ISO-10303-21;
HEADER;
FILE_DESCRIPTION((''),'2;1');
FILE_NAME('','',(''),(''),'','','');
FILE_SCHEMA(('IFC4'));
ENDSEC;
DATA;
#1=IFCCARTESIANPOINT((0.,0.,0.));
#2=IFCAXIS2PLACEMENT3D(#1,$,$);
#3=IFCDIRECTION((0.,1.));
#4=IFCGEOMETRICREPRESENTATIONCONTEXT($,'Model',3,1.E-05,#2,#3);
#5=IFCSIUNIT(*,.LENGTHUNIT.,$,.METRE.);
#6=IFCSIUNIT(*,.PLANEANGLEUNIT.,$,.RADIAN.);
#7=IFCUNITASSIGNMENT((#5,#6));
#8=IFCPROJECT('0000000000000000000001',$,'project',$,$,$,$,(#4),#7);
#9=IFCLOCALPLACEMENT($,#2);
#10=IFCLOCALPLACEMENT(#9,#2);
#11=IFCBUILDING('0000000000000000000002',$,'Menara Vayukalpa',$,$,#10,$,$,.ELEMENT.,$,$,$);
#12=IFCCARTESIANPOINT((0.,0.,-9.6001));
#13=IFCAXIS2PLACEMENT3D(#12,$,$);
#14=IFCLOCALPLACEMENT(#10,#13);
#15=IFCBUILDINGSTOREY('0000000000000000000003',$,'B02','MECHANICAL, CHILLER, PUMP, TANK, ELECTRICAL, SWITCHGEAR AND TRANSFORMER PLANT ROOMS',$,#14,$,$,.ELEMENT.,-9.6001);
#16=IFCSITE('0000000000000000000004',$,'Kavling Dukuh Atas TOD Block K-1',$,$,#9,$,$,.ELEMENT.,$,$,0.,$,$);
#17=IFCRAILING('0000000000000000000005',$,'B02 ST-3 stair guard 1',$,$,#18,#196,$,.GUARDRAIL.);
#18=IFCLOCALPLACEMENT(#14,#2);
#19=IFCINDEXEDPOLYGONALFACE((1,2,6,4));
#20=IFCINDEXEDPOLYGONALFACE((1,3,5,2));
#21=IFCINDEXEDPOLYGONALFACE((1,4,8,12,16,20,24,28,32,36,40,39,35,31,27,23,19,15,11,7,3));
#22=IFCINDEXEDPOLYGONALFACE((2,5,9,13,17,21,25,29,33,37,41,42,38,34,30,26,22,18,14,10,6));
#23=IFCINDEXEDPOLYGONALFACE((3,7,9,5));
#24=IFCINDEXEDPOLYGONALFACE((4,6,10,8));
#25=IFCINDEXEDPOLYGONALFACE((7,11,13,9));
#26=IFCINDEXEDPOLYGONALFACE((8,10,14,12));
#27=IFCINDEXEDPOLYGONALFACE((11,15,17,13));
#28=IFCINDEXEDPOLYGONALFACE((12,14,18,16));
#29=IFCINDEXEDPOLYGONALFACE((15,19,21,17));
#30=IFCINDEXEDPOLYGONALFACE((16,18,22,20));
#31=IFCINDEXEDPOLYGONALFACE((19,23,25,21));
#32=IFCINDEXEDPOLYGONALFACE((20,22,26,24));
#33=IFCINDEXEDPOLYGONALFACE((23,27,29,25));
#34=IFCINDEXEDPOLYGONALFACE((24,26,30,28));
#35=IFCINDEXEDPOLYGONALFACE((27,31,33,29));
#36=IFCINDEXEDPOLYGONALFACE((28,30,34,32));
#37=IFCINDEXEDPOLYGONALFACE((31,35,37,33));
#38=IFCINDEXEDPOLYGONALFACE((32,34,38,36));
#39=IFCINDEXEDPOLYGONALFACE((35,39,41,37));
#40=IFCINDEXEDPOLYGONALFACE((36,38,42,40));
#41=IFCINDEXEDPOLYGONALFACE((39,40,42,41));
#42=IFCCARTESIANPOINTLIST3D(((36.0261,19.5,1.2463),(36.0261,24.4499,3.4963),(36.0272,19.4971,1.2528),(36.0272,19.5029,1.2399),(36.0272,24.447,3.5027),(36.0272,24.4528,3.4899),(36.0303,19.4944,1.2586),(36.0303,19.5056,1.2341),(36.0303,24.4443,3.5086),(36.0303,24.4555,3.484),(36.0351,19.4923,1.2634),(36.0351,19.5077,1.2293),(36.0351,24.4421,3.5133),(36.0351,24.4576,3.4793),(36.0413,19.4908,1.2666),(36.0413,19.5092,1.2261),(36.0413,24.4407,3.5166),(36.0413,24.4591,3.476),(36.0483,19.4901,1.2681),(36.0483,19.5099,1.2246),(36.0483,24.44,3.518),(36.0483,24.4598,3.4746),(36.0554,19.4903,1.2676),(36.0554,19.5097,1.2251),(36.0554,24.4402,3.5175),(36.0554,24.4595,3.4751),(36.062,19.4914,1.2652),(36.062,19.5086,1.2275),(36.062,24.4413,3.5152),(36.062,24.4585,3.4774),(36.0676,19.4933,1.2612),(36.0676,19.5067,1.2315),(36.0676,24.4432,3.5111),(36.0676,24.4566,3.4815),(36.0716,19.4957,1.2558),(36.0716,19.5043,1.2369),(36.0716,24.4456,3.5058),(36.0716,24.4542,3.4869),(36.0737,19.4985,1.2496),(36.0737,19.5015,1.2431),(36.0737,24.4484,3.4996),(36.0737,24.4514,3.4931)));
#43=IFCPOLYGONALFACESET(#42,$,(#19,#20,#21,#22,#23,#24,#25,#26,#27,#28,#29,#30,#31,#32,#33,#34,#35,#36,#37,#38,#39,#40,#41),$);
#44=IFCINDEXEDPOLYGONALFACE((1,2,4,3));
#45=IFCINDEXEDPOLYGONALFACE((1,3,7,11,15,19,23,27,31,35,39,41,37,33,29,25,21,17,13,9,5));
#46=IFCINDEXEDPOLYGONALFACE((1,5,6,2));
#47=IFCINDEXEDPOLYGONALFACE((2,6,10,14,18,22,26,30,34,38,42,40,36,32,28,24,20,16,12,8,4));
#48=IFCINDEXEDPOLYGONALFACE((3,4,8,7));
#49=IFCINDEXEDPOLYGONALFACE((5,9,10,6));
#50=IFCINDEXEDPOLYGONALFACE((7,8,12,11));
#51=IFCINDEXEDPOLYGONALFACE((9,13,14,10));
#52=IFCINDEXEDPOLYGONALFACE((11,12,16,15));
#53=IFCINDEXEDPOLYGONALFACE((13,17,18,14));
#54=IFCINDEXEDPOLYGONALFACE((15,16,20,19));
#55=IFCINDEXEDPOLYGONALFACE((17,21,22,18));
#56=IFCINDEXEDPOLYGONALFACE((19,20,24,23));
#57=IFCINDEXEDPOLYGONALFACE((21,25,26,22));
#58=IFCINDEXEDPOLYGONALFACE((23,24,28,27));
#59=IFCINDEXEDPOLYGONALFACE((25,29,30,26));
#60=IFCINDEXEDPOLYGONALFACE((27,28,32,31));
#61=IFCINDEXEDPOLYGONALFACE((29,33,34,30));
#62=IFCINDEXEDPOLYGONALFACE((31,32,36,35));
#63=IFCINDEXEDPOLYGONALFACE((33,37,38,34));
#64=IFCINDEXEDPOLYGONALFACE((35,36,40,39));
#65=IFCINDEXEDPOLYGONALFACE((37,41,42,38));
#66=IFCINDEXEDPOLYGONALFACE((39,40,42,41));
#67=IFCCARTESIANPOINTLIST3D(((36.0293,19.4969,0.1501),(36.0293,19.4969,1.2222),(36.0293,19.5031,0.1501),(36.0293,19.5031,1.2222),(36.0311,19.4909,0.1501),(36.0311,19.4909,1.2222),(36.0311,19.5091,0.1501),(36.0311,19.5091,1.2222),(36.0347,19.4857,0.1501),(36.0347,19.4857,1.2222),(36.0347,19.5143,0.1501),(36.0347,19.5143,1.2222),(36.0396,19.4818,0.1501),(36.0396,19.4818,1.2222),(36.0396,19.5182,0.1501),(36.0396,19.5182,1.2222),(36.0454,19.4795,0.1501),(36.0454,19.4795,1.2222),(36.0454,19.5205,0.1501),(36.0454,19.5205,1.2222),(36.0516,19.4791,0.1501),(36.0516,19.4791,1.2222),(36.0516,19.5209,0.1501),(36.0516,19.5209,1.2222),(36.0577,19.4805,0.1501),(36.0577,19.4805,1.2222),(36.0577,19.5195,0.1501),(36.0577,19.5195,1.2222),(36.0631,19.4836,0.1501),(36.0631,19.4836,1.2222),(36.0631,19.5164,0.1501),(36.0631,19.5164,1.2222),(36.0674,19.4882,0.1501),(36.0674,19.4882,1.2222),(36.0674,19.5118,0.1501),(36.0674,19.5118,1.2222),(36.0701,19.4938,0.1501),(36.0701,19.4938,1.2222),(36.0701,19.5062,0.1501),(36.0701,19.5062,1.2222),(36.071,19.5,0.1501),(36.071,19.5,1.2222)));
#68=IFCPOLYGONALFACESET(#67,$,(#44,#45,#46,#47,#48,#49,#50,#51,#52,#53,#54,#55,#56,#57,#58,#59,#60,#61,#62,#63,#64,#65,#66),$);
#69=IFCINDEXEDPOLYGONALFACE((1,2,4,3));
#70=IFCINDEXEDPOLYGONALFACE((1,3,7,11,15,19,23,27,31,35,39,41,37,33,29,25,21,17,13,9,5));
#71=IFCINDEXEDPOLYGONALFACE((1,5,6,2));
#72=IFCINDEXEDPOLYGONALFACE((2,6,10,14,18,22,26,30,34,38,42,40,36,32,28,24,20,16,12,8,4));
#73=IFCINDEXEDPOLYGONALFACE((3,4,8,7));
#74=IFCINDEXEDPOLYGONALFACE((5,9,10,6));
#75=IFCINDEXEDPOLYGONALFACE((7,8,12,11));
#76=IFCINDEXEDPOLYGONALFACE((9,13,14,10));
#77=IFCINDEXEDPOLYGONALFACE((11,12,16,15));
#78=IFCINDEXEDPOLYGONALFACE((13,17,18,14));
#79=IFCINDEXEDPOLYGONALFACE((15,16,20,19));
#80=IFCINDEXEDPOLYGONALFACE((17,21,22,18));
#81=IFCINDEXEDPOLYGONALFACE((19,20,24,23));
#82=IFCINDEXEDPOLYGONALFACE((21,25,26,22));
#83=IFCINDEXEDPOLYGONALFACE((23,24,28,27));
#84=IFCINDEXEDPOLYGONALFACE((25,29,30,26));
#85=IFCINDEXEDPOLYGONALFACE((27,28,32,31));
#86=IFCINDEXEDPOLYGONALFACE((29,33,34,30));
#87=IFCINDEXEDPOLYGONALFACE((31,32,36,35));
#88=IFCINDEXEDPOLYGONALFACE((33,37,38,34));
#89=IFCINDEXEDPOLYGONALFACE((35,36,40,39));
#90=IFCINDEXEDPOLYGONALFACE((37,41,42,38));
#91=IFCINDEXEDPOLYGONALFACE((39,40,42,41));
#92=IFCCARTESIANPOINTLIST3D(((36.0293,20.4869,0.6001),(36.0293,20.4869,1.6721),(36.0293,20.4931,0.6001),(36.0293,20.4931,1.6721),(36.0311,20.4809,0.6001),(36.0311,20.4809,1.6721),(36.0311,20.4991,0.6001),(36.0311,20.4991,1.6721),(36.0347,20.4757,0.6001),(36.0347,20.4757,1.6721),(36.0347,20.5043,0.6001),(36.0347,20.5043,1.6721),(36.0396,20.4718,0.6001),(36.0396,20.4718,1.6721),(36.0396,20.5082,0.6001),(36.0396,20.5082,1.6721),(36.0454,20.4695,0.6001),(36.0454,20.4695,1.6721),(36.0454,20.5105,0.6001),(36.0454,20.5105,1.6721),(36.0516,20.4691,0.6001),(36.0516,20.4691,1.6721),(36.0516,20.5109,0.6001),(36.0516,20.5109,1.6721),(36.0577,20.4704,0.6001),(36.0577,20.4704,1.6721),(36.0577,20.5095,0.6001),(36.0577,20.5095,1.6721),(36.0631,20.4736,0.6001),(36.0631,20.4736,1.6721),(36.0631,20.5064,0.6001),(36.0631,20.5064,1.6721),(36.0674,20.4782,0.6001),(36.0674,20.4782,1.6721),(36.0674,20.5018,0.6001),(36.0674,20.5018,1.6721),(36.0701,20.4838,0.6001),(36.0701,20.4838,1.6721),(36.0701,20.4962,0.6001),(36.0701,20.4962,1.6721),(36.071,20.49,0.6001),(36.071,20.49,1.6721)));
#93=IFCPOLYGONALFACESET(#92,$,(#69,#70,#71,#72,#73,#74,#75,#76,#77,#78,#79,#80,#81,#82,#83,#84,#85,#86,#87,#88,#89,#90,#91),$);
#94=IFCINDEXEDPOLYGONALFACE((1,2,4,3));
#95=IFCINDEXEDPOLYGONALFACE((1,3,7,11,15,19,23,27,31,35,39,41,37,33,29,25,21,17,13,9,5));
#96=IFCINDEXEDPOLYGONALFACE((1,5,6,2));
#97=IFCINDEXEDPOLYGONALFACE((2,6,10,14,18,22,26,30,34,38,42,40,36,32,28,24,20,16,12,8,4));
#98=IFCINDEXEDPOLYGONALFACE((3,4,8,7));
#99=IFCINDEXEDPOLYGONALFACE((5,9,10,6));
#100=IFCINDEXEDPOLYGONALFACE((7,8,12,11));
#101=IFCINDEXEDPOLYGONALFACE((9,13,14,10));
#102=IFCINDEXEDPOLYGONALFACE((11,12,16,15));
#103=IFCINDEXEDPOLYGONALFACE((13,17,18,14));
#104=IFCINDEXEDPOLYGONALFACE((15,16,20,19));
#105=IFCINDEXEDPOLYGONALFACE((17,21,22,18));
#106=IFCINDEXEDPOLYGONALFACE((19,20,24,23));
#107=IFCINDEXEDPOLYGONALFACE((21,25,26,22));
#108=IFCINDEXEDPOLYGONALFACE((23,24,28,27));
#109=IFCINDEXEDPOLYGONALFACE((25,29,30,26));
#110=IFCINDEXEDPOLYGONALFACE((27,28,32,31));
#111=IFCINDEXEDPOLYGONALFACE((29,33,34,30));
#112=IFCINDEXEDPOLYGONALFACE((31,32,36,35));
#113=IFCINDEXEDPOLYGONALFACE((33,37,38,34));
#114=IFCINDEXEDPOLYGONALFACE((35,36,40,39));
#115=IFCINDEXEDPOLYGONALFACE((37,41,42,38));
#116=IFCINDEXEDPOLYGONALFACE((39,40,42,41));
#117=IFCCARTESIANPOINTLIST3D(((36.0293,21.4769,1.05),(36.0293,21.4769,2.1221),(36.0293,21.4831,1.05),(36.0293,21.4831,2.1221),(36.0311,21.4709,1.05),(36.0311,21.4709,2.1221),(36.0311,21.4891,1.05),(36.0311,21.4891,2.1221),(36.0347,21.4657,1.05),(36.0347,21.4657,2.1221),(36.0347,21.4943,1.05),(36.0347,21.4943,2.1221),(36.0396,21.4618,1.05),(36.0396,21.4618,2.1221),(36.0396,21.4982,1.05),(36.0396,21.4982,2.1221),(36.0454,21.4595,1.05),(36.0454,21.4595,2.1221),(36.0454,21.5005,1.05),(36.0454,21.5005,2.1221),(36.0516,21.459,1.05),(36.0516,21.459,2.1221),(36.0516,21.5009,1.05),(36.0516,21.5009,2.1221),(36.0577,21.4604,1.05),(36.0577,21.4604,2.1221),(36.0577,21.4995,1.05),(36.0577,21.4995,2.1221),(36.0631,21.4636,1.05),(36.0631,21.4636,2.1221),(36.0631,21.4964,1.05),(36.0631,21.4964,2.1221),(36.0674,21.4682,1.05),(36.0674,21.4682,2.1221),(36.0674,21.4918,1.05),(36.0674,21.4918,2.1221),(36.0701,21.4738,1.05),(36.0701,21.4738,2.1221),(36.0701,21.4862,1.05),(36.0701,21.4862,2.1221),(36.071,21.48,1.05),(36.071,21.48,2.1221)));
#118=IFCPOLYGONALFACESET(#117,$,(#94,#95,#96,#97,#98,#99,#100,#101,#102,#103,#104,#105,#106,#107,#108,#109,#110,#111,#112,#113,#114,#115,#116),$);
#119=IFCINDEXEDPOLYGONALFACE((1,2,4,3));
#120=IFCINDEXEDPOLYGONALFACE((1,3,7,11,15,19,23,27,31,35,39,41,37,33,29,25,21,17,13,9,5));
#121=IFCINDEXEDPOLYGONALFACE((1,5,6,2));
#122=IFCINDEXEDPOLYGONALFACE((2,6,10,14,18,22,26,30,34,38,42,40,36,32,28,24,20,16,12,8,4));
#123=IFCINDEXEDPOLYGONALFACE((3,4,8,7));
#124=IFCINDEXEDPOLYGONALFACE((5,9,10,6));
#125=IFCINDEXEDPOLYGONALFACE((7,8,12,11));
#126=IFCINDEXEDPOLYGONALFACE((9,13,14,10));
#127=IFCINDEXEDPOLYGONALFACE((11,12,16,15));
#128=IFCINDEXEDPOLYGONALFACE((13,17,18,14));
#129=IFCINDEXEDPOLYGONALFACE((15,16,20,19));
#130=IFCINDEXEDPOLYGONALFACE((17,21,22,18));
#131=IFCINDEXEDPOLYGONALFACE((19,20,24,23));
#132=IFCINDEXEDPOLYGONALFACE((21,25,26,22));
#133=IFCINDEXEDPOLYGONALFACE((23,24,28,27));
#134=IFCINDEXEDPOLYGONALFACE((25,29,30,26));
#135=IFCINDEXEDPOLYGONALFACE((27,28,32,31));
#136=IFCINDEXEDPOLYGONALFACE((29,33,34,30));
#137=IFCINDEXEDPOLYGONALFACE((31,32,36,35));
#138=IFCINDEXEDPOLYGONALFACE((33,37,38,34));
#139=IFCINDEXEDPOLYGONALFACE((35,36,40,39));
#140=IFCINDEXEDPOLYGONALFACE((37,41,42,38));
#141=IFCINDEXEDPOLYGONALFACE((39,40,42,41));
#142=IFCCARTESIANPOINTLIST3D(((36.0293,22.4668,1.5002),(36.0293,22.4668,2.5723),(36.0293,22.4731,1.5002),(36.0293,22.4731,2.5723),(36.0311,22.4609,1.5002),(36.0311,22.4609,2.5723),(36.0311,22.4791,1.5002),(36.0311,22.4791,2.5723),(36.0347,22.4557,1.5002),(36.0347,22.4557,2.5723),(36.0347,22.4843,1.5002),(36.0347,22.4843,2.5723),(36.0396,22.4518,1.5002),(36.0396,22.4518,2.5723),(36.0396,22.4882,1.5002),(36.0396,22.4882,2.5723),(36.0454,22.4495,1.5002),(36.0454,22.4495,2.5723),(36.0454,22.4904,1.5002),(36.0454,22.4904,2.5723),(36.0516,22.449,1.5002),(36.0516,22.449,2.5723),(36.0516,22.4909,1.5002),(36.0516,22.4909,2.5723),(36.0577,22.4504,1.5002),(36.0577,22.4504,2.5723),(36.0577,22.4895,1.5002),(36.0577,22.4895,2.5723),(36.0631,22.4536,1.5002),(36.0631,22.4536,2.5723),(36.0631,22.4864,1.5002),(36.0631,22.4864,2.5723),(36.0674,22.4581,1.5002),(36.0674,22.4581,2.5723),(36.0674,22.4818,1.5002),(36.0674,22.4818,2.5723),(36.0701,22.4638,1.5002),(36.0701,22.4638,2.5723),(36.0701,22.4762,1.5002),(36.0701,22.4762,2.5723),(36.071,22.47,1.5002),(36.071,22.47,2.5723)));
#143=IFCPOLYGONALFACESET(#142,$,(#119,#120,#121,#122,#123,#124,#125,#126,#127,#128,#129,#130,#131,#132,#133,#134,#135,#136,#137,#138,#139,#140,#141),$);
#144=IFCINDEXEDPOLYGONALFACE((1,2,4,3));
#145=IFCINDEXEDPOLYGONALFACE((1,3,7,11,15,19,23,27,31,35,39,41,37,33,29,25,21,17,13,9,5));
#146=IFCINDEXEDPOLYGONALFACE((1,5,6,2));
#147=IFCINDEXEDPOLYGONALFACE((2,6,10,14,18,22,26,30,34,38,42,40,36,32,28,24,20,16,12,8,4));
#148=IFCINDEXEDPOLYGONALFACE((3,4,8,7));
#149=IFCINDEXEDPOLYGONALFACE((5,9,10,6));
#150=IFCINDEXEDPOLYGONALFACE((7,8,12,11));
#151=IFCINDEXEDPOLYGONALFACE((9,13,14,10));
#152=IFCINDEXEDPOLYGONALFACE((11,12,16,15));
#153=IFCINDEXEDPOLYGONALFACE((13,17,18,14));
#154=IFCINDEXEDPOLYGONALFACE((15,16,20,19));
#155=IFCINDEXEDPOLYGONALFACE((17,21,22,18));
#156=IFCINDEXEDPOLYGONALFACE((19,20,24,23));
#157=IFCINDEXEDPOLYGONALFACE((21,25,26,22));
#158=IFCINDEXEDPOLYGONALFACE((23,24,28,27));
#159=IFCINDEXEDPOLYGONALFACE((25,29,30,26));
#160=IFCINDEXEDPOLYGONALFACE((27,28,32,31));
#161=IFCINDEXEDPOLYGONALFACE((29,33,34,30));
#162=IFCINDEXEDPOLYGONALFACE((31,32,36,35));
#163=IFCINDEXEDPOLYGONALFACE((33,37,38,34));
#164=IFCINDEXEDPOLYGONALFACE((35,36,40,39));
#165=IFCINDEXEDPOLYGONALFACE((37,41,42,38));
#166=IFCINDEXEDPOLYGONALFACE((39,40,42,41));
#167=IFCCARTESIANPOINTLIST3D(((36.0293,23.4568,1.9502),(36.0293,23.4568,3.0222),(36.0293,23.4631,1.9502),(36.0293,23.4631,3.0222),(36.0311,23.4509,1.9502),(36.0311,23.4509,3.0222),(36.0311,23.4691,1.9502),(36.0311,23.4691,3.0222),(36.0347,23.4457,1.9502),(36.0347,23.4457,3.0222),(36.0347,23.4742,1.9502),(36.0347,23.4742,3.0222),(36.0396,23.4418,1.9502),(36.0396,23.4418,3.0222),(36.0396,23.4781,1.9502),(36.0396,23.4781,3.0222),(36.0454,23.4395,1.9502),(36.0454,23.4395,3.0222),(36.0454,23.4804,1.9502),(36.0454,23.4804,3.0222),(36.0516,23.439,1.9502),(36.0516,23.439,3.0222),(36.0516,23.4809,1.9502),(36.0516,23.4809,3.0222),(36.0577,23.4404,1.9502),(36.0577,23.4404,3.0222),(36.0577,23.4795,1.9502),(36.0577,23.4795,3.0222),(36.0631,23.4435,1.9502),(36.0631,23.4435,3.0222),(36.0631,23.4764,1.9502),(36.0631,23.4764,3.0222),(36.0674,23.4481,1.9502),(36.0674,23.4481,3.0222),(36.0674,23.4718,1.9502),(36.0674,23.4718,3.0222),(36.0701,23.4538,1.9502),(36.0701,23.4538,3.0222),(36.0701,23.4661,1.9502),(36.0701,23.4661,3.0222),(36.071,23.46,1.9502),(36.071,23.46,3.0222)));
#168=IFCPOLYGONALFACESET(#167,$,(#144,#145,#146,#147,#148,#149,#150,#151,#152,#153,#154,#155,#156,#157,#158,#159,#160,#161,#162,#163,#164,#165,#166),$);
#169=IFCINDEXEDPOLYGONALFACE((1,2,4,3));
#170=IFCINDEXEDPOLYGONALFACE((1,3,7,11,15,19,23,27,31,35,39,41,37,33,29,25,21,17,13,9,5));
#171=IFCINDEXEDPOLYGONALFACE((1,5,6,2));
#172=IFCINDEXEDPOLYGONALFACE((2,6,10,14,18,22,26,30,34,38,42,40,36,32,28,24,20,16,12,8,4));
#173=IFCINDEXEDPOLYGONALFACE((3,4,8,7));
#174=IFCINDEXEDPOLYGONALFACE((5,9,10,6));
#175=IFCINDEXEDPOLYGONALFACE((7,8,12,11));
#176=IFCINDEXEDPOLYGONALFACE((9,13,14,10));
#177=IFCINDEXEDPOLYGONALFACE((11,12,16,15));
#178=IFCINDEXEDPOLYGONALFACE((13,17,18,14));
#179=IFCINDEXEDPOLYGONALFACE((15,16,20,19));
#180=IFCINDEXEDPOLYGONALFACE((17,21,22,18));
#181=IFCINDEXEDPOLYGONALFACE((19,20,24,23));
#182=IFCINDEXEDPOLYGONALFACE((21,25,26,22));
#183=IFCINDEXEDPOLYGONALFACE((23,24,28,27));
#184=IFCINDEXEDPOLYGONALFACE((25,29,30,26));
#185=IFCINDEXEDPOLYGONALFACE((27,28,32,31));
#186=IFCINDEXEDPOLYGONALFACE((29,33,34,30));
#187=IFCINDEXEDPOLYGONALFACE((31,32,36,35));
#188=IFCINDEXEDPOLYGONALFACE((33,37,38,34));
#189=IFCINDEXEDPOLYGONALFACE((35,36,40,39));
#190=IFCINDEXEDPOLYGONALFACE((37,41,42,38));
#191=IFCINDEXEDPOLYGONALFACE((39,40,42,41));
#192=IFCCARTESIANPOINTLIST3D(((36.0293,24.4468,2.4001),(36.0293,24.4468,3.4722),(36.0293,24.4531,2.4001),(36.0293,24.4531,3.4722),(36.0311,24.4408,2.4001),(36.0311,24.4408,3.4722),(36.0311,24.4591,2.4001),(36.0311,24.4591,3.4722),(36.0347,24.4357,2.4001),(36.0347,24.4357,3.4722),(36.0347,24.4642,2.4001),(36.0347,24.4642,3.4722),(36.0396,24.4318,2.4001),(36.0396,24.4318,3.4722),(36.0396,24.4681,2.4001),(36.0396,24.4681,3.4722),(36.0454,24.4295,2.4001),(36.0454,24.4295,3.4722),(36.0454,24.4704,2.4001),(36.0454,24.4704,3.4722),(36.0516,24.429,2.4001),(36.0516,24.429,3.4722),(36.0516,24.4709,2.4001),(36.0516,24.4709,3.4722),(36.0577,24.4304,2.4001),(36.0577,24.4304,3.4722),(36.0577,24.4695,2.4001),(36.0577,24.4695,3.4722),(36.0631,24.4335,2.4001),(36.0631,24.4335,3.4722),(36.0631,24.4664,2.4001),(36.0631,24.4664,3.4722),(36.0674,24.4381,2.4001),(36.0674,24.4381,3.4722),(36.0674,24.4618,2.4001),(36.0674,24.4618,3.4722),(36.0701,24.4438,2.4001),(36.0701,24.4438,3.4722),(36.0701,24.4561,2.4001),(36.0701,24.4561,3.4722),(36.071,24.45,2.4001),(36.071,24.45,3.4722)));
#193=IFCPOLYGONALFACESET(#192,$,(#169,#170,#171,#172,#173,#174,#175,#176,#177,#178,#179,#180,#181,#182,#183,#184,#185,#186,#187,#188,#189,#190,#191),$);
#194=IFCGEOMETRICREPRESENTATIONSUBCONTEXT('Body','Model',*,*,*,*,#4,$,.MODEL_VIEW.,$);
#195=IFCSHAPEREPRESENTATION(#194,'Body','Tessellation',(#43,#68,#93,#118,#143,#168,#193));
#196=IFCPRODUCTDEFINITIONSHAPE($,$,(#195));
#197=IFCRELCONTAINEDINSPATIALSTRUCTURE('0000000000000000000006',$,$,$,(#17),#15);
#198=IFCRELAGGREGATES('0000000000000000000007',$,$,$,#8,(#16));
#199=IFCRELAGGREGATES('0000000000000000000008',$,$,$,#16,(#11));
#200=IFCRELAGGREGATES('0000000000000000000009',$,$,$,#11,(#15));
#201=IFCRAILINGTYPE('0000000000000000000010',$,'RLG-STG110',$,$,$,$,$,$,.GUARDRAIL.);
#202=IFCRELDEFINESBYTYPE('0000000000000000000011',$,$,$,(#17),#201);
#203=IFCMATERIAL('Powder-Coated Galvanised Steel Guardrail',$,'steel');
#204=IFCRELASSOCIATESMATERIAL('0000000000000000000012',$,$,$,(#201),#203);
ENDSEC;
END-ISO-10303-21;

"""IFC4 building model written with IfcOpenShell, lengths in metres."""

from ifc_helpers import new_model, si_unit, direction, frame, origin, origin_2d, place, context, subcontext, project, spatial, circle, extrude, material, type_object, element, save


model = new_model("IFC4")

# Units and contexts
model_context = context("Model", 3, precision=1e-05, world=origin(), true_north=direction((0.0, 1.0)))
body_context = subcontext(model_context, "Body", "Model", "MODEL_VIEW")
ifc_project = project(units=[si_unit("LENGTHUNIT", "METRE"), si_unit("PLANEANGLEUNIT", "RADIAN")], contexts=[model_context])

# Site, building, storey
site_placement = place(None, origin())
site = spatial("IfcSite", under=ifc_project, at=site_placement, Name="Kavling Dukuh Atas TOD Block K-1", CompositionType="ELEMENT", RefElevation=0.0)
building_placement = place(site_placement, origin())
building = spatial("IfcBuilding", under=site, at=building_placement, Name="Menara Vayukalpa", CompositionType="ELEMENT")
storey_placement = place(building_placement, frame((0.0, 0.0, -9.6001)))
storey = spatial("IfcBuildingStorey", under=building, at=storey_placement, Name="B02", Description="MECHANICAL, CHILLER, PUMP, TANK, ELECTRICAL, SWITCHGEAR AND TRANSFORMER PLANT ROOMS", CompositionType="ELEMENT", Elevation=-9.6001)

# Railing
ifc_material_1 = material(Name="Powder-Coated Galvanised Steel Guardrail", Category="steel")
railing_type_1 = type_object("IfcRailingType", Name="RLG-STG110", PredefinedType="GUARDRAIL", material=ifc_material_1)
railing_1_placement = place(storey_placement, frame((36.05, 19.5, 0.1501)))
element("IfcRailing", 1, at=railing_1_placement, inside=storey, type_object=railing_type_1, Name="B02 ST-3 stair guard 1", PredefinedType="GUARDRAIL", context=body_context, shape_type="SweptSolid", body=[
    extrude(circle(Radius=0.0239, at=origin_2d()), frame((0.0, 0.0, 1.0962), z_axis=(0.0, 0.910365, 0.413806), x_axis=(-1.0, 0.0, 0.0)), (0.0, 0.0, 1.0), 5.4373),
    extrude(circle(Radius=0.021, at=origin_2d()), origin(), (0.0, 0.0, 1.0), 1.072),
    extrude(circle(Radius=0.021, at=origin_2d()), frame((0.0, 0.99, 0.45)), (0.0, 0.0, 1.0), 1.072),
    extrude(circle(Radius=0.021, at=origin_2d()), frame((0.0, 1.98, 0.8999)), (0.0, 0.0, 1.0), 1.072),
    extrude(circle(Radius=0.021, at=origin_2d()), frame((0.0, 2.97, 1.3501)), (0.0, 0.0, 1.0), 1.072),
    extrude(circle(Radius=0.021, at=origin_2d()), frame((0.0, 3.96, 1.8)), (0.0, 0.0, 1.0), 1.072),
    extrude(circle(Radius=0.021, at=origin_2d()), frame((0.0, 4.95, 2.25)), (0.0, 0.0, 1.0), 1.072),
])

save(model, "model.ifc")
